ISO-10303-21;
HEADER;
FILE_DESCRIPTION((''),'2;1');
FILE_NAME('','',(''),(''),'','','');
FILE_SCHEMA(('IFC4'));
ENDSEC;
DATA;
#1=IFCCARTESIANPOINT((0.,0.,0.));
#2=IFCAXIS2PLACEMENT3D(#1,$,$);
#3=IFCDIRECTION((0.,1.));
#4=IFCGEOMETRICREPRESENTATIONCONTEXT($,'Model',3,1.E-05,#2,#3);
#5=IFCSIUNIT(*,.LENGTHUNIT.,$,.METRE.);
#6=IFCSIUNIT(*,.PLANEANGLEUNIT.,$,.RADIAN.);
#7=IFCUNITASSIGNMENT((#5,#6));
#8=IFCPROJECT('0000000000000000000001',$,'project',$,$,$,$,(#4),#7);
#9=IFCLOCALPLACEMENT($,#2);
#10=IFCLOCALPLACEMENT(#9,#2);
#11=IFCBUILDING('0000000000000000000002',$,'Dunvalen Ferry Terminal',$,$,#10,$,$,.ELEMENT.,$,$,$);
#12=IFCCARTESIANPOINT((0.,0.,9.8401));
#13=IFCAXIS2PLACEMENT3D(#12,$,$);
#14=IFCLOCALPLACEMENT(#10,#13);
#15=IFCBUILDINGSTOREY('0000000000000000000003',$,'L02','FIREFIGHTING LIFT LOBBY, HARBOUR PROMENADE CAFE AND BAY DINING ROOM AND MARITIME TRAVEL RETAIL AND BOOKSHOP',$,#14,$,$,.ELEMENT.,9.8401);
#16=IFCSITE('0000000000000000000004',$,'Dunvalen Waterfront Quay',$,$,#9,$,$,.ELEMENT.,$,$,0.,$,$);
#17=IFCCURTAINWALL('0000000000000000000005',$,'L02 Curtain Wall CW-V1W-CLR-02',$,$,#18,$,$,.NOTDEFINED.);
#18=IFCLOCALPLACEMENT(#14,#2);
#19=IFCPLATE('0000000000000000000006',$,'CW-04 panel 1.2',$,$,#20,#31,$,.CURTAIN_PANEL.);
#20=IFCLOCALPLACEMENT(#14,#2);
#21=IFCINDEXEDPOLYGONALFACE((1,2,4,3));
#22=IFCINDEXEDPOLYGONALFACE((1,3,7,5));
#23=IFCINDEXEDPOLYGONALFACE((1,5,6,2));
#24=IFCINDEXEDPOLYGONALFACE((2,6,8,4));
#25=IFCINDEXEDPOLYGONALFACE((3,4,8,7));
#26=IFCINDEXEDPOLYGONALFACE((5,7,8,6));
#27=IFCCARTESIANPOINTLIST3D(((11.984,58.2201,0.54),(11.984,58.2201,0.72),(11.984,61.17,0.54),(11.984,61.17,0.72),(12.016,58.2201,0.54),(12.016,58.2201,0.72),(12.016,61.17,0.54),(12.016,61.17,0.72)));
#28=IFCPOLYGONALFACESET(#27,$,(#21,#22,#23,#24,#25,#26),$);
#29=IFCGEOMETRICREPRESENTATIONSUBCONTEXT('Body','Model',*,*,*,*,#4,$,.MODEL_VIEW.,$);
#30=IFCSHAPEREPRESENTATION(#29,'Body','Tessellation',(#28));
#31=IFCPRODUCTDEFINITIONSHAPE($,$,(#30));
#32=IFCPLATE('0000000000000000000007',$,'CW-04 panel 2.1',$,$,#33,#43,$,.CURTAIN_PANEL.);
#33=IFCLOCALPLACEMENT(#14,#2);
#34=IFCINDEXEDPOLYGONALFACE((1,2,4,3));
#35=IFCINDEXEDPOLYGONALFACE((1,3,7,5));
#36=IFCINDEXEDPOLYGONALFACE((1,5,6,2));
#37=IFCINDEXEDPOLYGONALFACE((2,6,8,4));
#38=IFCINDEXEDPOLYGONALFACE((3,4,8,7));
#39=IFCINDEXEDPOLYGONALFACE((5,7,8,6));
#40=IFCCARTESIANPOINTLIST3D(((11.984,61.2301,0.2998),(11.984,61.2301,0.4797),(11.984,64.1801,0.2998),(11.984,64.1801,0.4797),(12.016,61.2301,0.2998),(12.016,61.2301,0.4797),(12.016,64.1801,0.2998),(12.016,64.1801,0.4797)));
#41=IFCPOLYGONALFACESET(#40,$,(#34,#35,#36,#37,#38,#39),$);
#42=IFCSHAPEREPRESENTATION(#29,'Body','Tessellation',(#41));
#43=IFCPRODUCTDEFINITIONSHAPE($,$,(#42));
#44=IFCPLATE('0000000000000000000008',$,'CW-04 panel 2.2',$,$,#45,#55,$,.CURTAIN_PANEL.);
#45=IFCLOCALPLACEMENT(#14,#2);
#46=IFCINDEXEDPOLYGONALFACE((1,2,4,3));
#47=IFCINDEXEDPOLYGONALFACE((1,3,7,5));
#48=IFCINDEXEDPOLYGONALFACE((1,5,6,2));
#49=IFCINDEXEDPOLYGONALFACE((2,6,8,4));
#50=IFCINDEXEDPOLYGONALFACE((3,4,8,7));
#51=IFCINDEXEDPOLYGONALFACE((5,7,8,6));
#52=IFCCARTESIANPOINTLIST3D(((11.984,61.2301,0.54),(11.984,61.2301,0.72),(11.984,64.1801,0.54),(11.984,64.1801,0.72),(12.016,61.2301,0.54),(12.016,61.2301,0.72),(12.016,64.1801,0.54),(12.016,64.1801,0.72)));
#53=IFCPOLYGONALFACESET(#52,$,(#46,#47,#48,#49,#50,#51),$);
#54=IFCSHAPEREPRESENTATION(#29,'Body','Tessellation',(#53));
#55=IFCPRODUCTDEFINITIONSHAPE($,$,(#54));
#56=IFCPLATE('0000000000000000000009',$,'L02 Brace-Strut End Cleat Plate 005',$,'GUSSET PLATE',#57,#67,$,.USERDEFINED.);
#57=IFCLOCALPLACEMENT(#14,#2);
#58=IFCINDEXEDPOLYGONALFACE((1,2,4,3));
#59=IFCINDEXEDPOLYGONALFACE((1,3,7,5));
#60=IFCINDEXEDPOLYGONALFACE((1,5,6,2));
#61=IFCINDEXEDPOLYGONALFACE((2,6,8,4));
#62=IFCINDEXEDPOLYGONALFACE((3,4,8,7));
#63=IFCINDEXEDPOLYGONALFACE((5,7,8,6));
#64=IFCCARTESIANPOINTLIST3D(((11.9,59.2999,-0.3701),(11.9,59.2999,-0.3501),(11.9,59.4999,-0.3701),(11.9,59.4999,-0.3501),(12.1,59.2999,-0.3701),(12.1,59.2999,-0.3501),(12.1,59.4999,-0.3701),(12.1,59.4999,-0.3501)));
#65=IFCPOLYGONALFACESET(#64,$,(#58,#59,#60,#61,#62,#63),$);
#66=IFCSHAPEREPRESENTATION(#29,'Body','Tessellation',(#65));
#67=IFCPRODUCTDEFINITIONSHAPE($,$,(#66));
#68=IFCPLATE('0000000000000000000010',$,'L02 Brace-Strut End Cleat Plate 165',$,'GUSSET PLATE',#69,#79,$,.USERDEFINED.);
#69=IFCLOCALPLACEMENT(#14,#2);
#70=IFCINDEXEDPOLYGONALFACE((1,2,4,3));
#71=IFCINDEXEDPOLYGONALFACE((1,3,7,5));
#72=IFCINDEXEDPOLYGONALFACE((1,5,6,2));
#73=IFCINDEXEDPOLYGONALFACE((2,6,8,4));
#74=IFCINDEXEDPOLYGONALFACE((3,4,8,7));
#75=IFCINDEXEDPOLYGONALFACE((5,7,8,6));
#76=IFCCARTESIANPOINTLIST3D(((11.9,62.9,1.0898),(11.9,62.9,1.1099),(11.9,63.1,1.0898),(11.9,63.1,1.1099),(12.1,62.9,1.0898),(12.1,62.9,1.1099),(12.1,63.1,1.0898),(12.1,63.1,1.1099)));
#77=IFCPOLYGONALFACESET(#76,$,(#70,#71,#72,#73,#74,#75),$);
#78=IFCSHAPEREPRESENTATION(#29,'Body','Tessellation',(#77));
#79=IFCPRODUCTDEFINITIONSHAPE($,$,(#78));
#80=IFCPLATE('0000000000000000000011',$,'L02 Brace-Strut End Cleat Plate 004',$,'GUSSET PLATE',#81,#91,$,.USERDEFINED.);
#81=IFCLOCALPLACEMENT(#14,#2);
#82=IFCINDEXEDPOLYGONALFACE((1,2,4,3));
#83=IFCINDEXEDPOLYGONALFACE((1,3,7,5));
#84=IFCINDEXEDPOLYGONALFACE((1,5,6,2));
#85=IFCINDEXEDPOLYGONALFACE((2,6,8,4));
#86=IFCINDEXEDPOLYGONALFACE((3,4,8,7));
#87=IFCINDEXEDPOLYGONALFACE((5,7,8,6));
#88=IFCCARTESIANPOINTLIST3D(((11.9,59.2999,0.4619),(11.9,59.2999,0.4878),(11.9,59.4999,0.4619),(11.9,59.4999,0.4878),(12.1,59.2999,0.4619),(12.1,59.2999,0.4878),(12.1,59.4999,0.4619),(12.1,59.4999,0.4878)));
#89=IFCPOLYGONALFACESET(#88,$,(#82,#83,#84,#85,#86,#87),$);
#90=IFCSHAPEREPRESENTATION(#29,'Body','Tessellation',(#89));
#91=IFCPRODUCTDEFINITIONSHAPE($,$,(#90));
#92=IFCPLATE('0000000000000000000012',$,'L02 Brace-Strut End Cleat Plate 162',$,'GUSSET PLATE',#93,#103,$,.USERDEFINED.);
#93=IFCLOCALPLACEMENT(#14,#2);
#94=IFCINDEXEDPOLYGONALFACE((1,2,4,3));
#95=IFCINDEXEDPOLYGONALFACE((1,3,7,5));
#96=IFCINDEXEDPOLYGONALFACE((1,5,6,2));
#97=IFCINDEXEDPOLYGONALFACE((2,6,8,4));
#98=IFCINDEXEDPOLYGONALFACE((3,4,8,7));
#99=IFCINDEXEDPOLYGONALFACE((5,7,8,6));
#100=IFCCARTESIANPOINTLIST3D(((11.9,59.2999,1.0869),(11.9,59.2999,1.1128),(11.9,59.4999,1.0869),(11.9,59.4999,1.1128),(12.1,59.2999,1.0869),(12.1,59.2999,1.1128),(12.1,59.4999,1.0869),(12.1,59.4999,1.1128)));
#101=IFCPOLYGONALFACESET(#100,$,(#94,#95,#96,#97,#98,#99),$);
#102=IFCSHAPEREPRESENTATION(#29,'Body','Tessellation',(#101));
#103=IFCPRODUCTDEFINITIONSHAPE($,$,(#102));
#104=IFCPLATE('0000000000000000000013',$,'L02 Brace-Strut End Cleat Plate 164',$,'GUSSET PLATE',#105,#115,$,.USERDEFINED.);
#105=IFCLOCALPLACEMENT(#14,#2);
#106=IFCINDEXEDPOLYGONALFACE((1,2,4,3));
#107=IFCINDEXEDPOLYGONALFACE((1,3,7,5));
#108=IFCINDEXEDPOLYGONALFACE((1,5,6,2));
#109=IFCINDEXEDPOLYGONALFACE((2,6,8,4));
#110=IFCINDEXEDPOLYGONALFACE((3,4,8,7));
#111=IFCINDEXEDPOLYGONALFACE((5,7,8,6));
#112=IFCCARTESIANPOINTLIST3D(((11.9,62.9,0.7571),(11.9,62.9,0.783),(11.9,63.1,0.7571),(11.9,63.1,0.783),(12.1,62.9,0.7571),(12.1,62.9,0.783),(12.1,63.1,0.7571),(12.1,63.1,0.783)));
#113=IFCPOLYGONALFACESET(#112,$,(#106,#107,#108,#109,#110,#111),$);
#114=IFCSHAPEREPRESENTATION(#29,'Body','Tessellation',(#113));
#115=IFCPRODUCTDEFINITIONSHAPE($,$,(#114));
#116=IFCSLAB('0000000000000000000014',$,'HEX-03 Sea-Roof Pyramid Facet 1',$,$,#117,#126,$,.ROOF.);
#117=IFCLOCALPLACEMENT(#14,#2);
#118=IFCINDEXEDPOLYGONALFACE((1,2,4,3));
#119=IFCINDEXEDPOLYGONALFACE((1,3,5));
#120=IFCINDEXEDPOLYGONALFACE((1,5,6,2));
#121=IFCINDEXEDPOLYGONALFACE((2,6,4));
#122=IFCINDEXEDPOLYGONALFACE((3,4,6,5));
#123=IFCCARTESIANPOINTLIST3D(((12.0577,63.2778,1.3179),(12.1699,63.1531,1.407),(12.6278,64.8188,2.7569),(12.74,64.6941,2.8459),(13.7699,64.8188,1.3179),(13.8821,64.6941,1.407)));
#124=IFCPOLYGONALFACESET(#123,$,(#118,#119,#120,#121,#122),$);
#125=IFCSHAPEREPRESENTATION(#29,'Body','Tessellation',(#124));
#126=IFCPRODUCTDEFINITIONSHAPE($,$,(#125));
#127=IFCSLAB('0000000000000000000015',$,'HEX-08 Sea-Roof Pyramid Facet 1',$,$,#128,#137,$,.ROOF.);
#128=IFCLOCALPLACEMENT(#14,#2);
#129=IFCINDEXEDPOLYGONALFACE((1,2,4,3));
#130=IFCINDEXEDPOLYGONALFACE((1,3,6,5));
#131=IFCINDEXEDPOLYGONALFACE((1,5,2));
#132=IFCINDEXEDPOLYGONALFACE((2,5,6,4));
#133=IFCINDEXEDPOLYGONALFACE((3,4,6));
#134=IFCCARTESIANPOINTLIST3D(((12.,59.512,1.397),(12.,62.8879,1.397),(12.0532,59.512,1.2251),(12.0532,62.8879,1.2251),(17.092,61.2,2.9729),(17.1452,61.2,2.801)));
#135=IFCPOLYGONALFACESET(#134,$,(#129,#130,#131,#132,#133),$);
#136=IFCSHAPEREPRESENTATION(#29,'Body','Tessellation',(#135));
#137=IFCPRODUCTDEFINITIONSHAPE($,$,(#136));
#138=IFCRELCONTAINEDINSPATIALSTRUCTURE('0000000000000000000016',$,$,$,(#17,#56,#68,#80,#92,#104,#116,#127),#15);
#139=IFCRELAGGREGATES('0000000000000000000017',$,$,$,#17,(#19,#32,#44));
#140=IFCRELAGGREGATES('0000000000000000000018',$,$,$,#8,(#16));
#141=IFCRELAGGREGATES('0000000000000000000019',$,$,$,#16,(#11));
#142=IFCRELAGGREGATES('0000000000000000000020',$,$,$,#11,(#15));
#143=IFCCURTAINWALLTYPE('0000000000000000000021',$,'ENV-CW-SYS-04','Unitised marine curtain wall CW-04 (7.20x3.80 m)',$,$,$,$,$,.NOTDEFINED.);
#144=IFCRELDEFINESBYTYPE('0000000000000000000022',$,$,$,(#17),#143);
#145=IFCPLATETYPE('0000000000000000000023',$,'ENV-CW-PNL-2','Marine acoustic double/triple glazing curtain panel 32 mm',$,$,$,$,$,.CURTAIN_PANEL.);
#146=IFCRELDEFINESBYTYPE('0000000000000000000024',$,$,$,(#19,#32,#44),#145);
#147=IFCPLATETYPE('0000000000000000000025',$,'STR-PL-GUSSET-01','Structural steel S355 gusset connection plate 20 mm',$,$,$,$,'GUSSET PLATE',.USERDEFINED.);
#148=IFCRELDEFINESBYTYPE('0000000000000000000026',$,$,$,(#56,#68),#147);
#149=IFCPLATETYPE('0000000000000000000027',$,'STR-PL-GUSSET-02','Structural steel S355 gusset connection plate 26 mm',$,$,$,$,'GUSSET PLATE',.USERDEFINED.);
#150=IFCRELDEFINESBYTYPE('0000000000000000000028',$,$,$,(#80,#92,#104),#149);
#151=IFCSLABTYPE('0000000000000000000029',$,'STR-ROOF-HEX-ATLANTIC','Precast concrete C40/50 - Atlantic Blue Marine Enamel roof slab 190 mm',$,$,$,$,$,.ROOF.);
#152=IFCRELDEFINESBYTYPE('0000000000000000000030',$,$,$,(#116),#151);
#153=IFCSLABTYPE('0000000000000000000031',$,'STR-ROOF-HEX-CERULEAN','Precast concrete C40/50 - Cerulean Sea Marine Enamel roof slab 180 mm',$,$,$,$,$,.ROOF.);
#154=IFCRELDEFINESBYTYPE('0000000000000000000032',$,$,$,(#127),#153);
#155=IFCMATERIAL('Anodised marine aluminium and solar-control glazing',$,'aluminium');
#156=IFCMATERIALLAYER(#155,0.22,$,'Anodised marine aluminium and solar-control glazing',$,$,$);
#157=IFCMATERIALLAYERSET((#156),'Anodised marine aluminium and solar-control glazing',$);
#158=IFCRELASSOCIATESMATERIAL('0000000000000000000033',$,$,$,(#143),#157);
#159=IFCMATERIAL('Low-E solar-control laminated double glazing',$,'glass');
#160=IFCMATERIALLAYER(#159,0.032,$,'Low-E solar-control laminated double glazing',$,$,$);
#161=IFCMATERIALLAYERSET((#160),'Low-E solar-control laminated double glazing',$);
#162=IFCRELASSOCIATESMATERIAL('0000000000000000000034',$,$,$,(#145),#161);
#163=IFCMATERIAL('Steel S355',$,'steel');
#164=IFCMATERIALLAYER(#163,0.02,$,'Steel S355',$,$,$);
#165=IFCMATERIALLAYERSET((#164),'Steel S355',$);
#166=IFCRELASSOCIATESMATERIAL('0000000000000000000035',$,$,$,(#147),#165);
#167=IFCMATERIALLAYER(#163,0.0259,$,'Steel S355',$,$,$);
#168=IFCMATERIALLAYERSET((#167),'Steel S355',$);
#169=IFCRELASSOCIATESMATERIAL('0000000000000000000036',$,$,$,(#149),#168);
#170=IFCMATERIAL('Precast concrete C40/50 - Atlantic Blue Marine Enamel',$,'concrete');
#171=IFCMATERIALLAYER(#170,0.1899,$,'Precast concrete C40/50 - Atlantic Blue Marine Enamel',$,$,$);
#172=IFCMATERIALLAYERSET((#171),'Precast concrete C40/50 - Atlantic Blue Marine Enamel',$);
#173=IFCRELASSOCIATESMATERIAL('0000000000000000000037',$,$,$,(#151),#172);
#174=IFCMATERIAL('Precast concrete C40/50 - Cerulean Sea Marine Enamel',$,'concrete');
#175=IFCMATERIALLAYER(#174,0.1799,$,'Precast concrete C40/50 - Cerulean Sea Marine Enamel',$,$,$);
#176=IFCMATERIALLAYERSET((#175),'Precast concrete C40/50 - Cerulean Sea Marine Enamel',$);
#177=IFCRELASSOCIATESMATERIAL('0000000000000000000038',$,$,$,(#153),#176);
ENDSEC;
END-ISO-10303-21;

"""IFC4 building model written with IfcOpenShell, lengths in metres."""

from ifc_helpers import new_model, si_unit, direction, frame, origin, origin_2d, place, context, subcontext, project, spatial, polyline, rectangle, outline, extrude, material, layer, layer_set, type_object, element, aggregate, save


model = new_model("IFC4")

# Units and contexts
model_context = context("Model", 3, precision=1e-05, world=origin(), true_north=direction((0.0, 1.0)))
body_context = subcontext(model_context, "Body", "Model", "MODEL_VIEW")
ifc_project = project(units=[si_unit("LENGTHUNIT", "METRE"), si_unit("PLANEANGLEUNIT", "RADIAN")], contexts=[model_context])

# Site, building, storey
site_placement = place(None, origin())
site = spatial("IfcSite", under=ifc_project, at=site_placement, Name="Dunvalen Waterfront Quay", CompositionType="ELEMENT", RefElevation=0.0)
building_placement = place(site_placement, origin())
building = spatial("IfcBuilding", under=site, at=building_placement, Name="Dunvalen Ferry Terminal", CompositionType="ELEMENT")
storey_placement = place(building_placement, frame((0.0, 0.0, 9.8401)))
storey = spatial("IfcBuildingStorey", under=building, at=storey_placement, Name="L02", Description="FIREFIGHTING LIFT LOBBY, HARBOUR PROMENADE CAFE AND BAY DINING ROOM AND MARITIME TRAVEL RETAIL AND BOOKSHOP", CompositionType="ELEMENT", Elevation=9.8401)

# Curtain wall
ifc_material_1 = material(Name="Anodised marine aluminium and solar-control glazing", Category="aluminium")
ifc_layer_1 = layer(ifc_material_1, 0.22, Name="Anodised marine aluminium and solar-control glazing")
ifc_layer_set_1 = layer_set([ifc_layer_1], Name="Anodised marine aluminium and solar-control glazing")
curtain_wall_type = type_object("IfcCurtainWallType", Name="ENV-CW-SYS-04", Description="Unitised marine curtain wall CW-04 (7.20x3.80 m)", PredefinedType="NOTDEFINED", material=ifc_layer_set_1)
curtain_wall_placement = place(storey_placement, origin())
curtain_wall = element("IfcCurtainWall", 1, at=curtain_wall_placement, inside=storey, type_object=curtain_wall_type, Name="L02 Curtain Wall CW-V1W-CLR-02", PredefinedType="NOTDEFINED")

# Shared definitions
ifc_material_2 = material(Name="Steel S355", Category="steel")

# Plates
ifc_material_3 = material(Name="Low-E solar-control laminated double glazing", Category="glass")
ifc_layer_2 = layer(ifc_material_3, 0.032, Name="Low-E solar-control laminated double glazing")
ifc_layer_set_2 = layer_set([ifc_layer_2], Name="Low-E solar-control laminated double glazing")
plate_type_1 = type_object("IfcPlateType", Name="ENV-CW-PNL-2", Description="Marine acoustic double/triple glazing curtain panel 32 mm", PredefinedType="CURTAIN_PANEL", material=ifc_layer_set_2)
plate_1_placement = place(storey_placement, frame((12.0, 59.6951, 0.54), z_axis=(0.0, 0.0, 1.0), x_axis=(0.0, 1.0, 0.0)))
plate_1 = element("IfcPlate", 2, at=plate_1_placement, type_object=plate_type_1, Name="CW-04 panel 1.2", PredefinedType="CURTAIN_PANEL", context=body_context, shape_type="SweptSolid", body=[
    extrude(rectangle(XDim=2.95, YDim=0.032, at=origin_2d()), origin(), (0.0, 0.0, 1.0), 0.1799),
])
plate_2_placement = place(storey_placement, frame((12.0, 62.7051, 0.2998), z_axis=(0.0, 0.0, 1.0), x_axis=(0.0, 1.0, 0.0)))
plate_2 = element("IfcPlate", 3, at=plate_2_placement, type_object=plate_type_1, Name="CW-04 panel 2.1", PredefinedType="CURTAIN_PANEL", context=body_context, shape_type="SweptSolid", body=[
    extrude(rectangle(XDim=2.95, YDim=0.032, at=origin_2d()), origin(), (0.0, 0.0, 1.0), 0.1799),
])
plate_3_placement = place(storey_placement, frame((12.0, 62.7051, 0.54), z_axis=(0.0, 0.0, 1.0), x_axis=(0.0, 1.0, 0.0)))
plate_3 = element("IfcPlate", 4, at=plate_3_placement, type_object=plate_type_1, Name="CW-04 panel 2.2", PredefinedType="CURTAIN_PANEL", context=body_context, shape_type="SweptSolid", body=[
    extrude(rectangle(XDim=2.95, YDim=0.032, at=origin_2d()), origin(), (0.0, 0.0, 1.0), 0.1799),
])
aggregate(curtain_wall, [plate_1, plate_2, plate_3])

# Plates
ifc_layer_3 = layer(ifc_material_2, 0.02, Name="Steel S355")
ifc_layer_set_3 = layer_set([ifc_layer_3], Name="Steel S355")
plate_type_2 = type_object("IfcPlateType", Name="STR-PL-GUSSET-01", Description="Structural steel S355 gusset connection plate 20 mm", ElementType="GUSSET PLATE", PredefinedType="USERDEFINED", material=ifc_layer_set_3)
for number, where, z_axis, x_axis, name in (
    (5, (12.0, 59.3999, -0.3701), (0.0, 0.0, 1.0), (1.0, 0.0, 0.0), "L02 Brace-Strut End Cleat Plate 005"),
    (6, (12.0, 63.0, 1.0898), (0.0, 0.0, 1.0), (1.0, 0.0, 0.0), "L02 Brace-Strut End Cleat Plate 165"),
):
    element("IfcPlate", number, at=place(storey_placement, frame(where, z_axis=z_axis, x_axis=x_axis)), inside=storey, type_object=plate_type_2, Name=name, ObjectType="GUSSET PLATE", PredefinedType="USERDEFINED", context=body_context, shape_type="SweptSolid", body=[
        extrude(rectangle(XDim=0.2, YDim=0.2, at=origin_2d()), origin(), (0.0, 0.0, 1.0), 0.02),
    ])
ifc_layer_4 = layer(ifc_material_2, 0.0259, Name="Steel S355")
ifc_layer_set_4 = layer_set([ifc_layer_4], Name="Steel S355")
plate_type_3 = type_object("IfcPlateType", Name="STR-PL-GUSSET-02", Description="Structural steel S355 gusset connection plate 26 mm", ElementType="GUSSET PLATE", PredefinedType="USERDEFINED", material=ifc_layer_set_4)
for number, where, z_axis, x_axis, name in (
    (7, (12.0, 59.3999, 0.4619), (0.0, 0.0, 1.0), (1.0, 0.0, 0.0), "L02 Brace-Strut End Cleat Plate 004"),
    (8, (12.0, 59.3999, 1.0869), (0.0, 0.0, 1.0), (1.0, 0.0, 0.0), "L02 Brace-Strut End Cleat Plate 162"),
    (9, (12.0, 63.0, 0.7571), (0.0, 0.0, 1.0), (1.0, 0.0, 0.0), "L02 Brace-Strut End Cleat Plate 164"),
):
    element("IfcPlate", number, at=place(storey_placement, frame(where, z_axis=z_axis, x_axis=x_axis)), inside=storey, type_object=plate_type_3, Name=name, ObjectType="GUSSET PLATE", PredefinedType="USERDEFINED", context=body_context, shape_type="SweptSolid", body=[
        extrude(rectangle(XDim=0.2, YDim=0.2, at=origin_2d()), origin(), (0.0, 0.0, 1.0), 0.0259),
    ])

# Slabs
ifc_material_4 = material(Name="Precast concrete C40/50 - Atlantic Blue Marine Enamel", Category="concrete")
ifc_layer_5 = layer(ifc_material_4, 0.1899, Name="Precast concrete C40/50 - Atlantic Blue Marine Enamel")
ifc_layer_set_5 = layer_set([ifc_layer_5], Name="Precast concrete C40/50 - Atlantic Blue Marine Enamel")
slab_type_1 = type_object("IfcSlabType", Name="STR-ROOF-HEX-ATLANTIC", Description="Precast concrete C40/50 - Atlantic Blue Marine Enamel roof slab 190 mm", PredefinedType="ROOF", material=ifc_layer_set_5)
slab_1_placement = place(storey_placement, frame((12.1699, 63.1531, 1.407), z_axis=(0.590859, -0.656479, 0.468958), x_axis=(0.743278, 0.668982, 0.0)))
element("IfcSlab", 10, at=slab_1_placement, inside=storey, type_object=slab_type_1, Name="HEX-03 Sea-Roof Pyramid Facet 1", PredefinedType="ROOF", context=body_context, shape_type="SweptSolid", body=[
    extrude(outline(polyline([(0.0, 0.0), (2.3035, 0.0), (1.4546, 1.6292), (0.0, 0.0)])), origin(), (0.0, 0.0, -1.0), 0.1899),
])
ifc_material_5 = material(Name="Precast concrete C40/50 - Cerulean Sea Marine Enamel", Category="concrete")
ifc_layer_6 = layer(ifc_material_5, 0.1799, Name="Precast concrete C40/50 - Cerulean Sea Marine Enamel")
ifc_layer_set_6 = layer_set([ifc_layer_6], Name="Precast concrete C40/50 - Cerulean Sea Marine Enamel")
slab_type_2 = type_object("IfcSlabType", Name="STR-ROOF-HEX-CERULEAN", Description="Precast concrete C40/50 - Cerulean Sea Marine Enamel roof slab 180 mm", PredefinedType="ROOF", material=ifc_layer_set_6)
slab_2_placement = place(storey_placement, frame((12.0, 62.8879, 1.397), z_axis=(-0.295653, 0.0, 0.955295), x_axis=(0.0, -1.0, 0.0)))
element("IfcSlab", 11, at=slab_2_placement, inside=storey, type_object=slab_type_2, Name="HEX-08 Sea-Roof Pyramid Facet 1", PredefinedType="ROOF", context=body_context, shape_type="SweptSolid", body=[
    extrude(outline(polyline([(0.0, 0.0), (3.376, 0.0), (1.688, 5.3303), (0.0, 0.0)])), origin(), (0.0, 0.0, -1.0), 0.1799),
])

save(model, "model.ifc")
